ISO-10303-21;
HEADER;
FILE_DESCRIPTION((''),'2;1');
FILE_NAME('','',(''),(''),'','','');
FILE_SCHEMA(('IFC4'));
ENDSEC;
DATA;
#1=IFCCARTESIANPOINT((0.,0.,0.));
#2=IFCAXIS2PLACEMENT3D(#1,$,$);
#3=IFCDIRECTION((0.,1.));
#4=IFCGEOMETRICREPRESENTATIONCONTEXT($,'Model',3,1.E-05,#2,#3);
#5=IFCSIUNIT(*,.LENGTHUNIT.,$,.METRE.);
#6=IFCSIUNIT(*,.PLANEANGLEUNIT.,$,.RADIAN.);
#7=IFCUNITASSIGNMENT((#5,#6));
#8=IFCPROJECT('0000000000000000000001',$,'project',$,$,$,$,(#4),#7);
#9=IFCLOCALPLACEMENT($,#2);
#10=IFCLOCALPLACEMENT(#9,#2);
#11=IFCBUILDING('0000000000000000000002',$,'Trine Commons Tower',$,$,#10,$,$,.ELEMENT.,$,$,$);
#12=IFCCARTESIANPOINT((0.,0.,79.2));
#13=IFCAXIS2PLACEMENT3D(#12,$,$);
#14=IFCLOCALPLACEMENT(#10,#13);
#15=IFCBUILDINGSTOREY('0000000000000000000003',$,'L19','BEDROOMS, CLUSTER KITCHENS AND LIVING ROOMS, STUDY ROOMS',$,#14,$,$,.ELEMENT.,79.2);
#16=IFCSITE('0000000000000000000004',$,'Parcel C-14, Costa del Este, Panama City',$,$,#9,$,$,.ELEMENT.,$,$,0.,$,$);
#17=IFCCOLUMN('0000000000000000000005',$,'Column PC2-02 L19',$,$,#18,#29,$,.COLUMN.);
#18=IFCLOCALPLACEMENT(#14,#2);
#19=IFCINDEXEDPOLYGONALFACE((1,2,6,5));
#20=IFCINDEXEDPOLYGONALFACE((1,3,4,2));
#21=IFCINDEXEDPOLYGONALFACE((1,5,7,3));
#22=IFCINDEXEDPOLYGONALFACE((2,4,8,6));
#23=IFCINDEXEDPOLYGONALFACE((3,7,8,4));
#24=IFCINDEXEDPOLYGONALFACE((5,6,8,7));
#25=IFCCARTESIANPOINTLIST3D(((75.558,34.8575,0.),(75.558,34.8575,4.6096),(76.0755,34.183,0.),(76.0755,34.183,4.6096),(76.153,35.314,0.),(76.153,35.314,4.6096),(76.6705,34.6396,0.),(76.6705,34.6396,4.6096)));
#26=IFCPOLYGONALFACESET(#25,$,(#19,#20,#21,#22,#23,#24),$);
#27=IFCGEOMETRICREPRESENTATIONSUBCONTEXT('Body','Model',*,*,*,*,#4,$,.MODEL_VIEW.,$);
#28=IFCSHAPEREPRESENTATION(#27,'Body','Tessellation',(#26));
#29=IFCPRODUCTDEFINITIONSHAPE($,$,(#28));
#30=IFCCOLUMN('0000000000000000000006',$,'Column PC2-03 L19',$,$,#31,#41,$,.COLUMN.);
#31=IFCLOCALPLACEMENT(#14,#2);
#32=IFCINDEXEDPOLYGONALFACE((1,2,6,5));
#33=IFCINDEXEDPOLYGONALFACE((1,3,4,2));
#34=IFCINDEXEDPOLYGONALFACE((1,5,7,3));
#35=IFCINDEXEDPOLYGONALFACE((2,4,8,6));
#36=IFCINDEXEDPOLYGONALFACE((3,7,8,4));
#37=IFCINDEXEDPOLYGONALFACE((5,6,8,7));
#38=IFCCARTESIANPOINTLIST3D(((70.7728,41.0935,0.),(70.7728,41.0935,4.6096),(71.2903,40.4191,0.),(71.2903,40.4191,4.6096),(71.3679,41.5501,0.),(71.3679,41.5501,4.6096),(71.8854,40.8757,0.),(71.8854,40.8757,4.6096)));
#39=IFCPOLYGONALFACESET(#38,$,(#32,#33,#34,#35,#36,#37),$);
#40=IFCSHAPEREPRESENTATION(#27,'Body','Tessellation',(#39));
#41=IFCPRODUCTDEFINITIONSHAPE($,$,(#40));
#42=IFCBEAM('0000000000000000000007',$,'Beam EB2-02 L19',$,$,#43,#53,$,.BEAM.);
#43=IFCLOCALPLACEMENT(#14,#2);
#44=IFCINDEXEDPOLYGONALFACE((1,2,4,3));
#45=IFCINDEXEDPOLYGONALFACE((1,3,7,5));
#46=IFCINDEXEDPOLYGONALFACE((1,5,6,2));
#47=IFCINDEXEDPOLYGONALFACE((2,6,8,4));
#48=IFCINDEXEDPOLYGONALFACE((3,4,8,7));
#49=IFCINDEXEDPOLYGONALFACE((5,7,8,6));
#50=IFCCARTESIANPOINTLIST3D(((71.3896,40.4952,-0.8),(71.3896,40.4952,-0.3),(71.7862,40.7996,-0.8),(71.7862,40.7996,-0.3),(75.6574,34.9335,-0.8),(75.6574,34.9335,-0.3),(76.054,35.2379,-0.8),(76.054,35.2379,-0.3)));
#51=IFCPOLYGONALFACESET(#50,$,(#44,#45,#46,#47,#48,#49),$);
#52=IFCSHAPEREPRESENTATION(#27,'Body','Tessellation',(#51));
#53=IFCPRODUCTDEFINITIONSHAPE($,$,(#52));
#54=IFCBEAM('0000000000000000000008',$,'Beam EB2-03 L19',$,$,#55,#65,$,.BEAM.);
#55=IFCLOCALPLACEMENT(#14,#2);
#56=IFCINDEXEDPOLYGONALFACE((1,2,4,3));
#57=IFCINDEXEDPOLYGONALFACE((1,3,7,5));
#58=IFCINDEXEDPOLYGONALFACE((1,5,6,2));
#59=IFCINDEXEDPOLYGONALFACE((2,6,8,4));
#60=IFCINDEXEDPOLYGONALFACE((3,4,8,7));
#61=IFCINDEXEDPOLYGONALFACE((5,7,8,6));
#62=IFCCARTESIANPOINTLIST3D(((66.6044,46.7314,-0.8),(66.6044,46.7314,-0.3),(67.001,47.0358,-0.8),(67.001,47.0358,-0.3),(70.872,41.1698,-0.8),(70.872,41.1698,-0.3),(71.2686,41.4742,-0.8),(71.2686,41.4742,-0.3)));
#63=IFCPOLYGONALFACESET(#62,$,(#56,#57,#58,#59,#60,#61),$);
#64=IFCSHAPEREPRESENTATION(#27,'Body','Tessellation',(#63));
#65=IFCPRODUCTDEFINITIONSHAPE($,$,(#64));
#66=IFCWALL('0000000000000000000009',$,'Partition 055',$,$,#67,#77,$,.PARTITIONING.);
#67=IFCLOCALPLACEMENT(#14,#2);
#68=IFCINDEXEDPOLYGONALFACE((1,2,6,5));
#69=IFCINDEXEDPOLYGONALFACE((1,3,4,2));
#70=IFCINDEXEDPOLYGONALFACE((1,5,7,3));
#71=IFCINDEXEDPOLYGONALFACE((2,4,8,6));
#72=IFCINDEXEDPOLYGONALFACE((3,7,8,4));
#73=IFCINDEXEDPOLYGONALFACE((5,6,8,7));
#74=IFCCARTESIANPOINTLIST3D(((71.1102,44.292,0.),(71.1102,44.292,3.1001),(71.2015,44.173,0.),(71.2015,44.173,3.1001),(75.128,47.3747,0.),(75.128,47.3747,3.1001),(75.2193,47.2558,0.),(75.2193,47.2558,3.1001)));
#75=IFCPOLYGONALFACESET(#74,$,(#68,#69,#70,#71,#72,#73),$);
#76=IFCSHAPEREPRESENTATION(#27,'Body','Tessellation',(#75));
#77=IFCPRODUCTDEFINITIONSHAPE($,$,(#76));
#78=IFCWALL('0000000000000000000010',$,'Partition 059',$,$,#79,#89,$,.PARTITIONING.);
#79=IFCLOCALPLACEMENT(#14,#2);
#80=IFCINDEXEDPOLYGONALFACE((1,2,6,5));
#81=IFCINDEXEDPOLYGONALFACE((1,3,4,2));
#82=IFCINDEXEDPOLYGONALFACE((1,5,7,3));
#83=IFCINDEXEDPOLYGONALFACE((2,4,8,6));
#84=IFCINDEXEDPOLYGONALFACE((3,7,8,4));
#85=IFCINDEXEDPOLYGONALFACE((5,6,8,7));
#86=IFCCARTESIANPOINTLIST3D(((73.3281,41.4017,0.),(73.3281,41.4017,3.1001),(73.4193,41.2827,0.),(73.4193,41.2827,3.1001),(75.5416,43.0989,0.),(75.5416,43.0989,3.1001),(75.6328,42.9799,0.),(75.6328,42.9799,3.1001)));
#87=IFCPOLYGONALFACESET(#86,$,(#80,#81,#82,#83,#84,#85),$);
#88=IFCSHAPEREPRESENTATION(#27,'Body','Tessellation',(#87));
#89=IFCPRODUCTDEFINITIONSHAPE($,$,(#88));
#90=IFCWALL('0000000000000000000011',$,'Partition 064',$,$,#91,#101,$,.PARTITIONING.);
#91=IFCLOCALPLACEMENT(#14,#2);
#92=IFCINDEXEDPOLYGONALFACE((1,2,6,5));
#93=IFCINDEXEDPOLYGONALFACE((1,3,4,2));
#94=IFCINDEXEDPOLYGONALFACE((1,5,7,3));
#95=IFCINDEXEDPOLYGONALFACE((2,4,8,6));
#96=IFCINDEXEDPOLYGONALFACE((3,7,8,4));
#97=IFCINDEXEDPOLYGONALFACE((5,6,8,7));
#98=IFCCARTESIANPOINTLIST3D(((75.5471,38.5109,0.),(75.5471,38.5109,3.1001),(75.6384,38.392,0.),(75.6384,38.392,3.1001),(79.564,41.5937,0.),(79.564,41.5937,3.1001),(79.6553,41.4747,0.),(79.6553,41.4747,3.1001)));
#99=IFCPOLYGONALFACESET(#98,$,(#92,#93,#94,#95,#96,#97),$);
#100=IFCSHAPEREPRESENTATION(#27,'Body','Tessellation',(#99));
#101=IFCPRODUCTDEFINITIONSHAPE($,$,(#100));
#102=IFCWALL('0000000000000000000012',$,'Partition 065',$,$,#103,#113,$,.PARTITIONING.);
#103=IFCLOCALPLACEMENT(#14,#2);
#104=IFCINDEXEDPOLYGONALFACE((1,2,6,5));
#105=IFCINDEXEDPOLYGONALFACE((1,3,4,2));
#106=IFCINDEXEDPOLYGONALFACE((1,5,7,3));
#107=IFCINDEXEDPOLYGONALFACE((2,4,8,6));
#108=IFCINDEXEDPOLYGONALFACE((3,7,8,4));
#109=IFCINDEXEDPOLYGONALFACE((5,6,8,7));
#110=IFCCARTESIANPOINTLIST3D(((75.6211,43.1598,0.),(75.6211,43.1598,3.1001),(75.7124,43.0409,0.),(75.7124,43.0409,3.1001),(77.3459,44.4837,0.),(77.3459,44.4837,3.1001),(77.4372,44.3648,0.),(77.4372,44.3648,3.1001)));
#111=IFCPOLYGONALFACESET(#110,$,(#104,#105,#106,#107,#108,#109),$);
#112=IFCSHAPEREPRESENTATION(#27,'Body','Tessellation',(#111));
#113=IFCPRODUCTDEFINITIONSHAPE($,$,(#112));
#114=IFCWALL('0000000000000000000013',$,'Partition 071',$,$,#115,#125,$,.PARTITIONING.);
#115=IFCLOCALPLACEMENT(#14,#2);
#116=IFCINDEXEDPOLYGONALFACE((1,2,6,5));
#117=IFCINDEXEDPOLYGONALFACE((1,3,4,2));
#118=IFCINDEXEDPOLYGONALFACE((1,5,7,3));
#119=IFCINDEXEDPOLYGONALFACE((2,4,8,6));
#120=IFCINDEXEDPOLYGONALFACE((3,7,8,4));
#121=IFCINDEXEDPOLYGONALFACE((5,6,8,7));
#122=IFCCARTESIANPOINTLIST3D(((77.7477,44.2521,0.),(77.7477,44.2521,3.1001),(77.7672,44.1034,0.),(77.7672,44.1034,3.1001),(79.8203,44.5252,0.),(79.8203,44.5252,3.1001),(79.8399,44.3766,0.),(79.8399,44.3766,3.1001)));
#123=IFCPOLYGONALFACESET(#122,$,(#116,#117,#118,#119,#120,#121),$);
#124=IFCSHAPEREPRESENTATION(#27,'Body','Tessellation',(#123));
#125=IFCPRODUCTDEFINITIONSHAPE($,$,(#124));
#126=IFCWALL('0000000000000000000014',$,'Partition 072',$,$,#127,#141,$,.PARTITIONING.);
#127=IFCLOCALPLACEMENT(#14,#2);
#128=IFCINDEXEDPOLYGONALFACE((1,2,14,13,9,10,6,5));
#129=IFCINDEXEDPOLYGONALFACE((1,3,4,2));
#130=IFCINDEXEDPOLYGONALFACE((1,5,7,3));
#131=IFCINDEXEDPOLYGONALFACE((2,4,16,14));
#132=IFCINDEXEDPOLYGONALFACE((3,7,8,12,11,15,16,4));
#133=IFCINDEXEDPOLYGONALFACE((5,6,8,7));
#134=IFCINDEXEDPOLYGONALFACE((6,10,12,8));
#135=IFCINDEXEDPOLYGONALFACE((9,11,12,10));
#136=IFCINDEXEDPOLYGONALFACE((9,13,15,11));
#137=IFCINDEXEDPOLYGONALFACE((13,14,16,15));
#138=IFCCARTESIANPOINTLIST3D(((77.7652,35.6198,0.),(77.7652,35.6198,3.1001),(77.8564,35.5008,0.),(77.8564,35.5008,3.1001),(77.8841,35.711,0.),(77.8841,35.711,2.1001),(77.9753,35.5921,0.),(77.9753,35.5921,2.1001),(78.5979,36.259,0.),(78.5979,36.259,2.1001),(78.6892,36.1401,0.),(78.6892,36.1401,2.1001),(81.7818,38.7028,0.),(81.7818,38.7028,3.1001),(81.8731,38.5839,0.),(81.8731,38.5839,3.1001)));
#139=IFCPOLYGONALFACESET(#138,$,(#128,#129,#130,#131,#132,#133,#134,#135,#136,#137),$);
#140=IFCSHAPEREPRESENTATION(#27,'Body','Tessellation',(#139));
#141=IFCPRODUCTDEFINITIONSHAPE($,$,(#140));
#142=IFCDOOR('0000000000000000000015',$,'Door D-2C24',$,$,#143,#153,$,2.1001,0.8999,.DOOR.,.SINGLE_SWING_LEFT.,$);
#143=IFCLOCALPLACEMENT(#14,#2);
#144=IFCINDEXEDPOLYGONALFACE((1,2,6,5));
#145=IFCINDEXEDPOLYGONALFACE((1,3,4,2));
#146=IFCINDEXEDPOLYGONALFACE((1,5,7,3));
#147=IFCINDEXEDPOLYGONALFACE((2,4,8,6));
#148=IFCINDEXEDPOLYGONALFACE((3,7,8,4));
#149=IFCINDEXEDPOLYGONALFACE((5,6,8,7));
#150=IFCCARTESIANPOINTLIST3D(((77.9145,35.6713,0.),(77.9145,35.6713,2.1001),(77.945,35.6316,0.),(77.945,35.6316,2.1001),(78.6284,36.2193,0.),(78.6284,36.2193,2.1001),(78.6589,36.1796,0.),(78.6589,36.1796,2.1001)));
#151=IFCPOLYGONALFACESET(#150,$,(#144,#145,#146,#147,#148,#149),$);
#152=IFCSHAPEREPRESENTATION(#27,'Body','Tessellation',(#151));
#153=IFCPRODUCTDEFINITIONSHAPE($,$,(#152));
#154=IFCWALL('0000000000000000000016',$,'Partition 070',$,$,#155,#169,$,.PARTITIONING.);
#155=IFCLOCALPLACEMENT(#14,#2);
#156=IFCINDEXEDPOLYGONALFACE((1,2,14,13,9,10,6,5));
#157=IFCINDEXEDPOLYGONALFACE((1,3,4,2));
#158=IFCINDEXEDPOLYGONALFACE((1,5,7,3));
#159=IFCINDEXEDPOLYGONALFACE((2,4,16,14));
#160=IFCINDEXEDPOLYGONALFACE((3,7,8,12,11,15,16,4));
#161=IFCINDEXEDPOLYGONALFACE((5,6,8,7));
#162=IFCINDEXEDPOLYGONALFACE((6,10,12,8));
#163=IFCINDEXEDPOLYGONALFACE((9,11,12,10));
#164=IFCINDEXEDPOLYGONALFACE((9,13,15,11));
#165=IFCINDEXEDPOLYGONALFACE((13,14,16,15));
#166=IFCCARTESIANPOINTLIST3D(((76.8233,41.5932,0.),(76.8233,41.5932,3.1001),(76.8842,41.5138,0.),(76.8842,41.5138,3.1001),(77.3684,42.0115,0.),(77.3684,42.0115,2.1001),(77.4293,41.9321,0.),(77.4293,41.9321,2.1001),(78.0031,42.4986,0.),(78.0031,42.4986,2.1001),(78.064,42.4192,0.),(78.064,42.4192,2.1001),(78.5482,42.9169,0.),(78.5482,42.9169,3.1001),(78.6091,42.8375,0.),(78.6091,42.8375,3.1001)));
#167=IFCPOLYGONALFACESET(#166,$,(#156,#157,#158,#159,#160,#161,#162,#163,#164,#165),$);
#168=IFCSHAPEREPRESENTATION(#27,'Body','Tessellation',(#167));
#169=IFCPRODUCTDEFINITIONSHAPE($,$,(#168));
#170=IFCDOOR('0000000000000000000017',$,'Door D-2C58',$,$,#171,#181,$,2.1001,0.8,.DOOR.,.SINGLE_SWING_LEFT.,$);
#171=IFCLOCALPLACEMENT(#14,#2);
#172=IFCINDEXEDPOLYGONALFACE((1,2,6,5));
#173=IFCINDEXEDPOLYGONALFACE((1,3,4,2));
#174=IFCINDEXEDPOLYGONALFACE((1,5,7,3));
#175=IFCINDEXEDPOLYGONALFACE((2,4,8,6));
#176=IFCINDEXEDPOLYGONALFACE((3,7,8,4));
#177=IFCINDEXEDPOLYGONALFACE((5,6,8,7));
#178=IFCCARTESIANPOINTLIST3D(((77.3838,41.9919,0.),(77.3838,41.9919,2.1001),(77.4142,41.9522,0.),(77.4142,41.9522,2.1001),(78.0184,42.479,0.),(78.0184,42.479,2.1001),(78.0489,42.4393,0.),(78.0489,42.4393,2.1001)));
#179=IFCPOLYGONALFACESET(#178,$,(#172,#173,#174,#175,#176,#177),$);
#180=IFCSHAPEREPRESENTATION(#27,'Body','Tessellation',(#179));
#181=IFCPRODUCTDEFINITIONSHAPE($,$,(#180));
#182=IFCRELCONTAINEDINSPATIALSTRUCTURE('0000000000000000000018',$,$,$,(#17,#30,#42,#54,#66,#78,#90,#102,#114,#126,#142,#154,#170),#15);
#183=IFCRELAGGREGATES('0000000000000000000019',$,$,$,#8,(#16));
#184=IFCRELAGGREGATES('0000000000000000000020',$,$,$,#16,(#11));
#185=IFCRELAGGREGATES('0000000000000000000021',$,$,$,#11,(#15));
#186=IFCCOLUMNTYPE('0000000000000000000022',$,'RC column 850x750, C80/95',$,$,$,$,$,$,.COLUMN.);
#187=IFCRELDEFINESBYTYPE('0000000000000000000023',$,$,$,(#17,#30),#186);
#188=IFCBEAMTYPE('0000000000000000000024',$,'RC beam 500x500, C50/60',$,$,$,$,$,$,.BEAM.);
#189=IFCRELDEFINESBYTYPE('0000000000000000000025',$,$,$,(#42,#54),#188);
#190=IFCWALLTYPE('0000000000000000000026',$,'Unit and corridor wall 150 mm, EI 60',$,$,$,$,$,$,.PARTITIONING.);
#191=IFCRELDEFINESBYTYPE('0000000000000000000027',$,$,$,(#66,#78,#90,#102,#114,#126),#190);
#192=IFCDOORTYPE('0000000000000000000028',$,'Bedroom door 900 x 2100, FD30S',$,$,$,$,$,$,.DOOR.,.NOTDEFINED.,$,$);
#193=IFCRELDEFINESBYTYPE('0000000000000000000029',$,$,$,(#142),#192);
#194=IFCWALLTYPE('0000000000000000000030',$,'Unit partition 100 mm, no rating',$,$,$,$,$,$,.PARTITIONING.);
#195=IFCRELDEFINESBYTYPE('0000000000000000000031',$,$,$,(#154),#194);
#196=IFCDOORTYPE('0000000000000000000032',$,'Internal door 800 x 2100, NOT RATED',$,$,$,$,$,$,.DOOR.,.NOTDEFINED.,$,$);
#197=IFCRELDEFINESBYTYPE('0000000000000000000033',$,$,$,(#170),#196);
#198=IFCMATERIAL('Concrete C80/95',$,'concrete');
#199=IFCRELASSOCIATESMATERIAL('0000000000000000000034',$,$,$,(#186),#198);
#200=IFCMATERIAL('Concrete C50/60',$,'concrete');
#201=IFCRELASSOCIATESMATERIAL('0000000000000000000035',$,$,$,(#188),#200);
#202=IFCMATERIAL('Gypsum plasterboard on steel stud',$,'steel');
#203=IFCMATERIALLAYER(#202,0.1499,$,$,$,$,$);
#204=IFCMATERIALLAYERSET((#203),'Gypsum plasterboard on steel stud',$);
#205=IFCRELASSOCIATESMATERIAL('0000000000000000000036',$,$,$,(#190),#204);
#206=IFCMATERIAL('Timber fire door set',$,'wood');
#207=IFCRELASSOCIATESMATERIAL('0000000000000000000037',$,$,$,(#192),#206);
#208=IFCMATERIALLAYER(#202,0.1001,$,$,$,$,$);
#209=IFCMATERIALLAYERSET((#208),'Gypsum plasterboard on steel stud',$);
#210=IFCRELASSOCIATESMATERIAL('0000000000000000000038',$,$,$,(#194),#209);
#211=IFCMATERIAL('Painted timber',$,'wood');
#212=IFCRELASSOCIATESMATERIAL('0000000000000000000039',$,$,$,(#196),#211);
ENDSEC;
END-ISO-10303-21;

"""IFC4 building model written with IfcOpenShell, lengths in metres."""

from ifc_helpers import new_model, si_unit, direction, frame, frame_2d, origin, origin_2d, place, context, subcontext, project, spatial, rectangle, extrude, material, layer, layer_set, material_profile, profile_set, type_object, element, fill, save


model = new_model("IFC4")

# Units and contexts
model_context = context("Model", 3, precision=1e-05, world=origin(), true_north=direction((0.0, 1.0)))
body_context = subcontext(model_context, "Body", "Model", "MODEL_VIEW")
ifc_project = project(units=[si_unit("LENGTHUNIT", "METRE"), si_unit("PLANEANGLEUNIT", "RADIAN")], contexts=[model_context])

# Site, building, storey
site_placement = place(None, origin())
site = spatial("IfcSite", under=ifc_project, at=site_placement, Name="Parcel C-14, Costa del Este, Panama City", CompositionType="ELEMENT", RefElevation=0.0)
building_placement = place(site_placement, origin())
building = spatial("IfcBuilding", under=site, at=building_placement, Name="Trine Commons Tower", CompositionType="ELEMENT")
storey_placement = place(building_placement, frame((0.0, 0.0, 79.2)))
storey = spatial("IfcBuildingStorey", under=building, at=storey_placement, Name="L19", Description="BEDROOMS, CLUSTER KITCHENS AND LIVING ROOMS, STUDY ROOMS", CompositionType="ELEMENT", Elevation=79.2)

# Columns
ifc_material_1 = material(Name="Concrete C80/95", Category="concrete")
ifc_material_profile_1 = material_profile(ifc_material_1, rectangle(XDim=0.8501, YDim=0.75, at=origin_2d()), Name="RC 850x750")
ifc_profile_set_1 = profile_set([ifc_material_profile_1], Name="Concrete C80/95")
column_type = type_object("IfcColumnType", Name="RC column 850x750, C80/95", PredefinedType="COLUMN", material=ifc_profile_set_1)
for number, where, z_axis, x_axis, name in (
    (1, (76.1143, 34.7485, 0.0), (0.0, 0.0, 1.0), (-0.608761, 0.793353, 0.0), "Column PC2-02 L19"),
    (2, (71.3291, 40.9846, 0.0), (0.0, 0.0, 1.0), (-0.608761, 0.793353, 0.0), "Column PC2-03 L19"),
):
    element("IfcColumn", number, at=place(storey_placement, frame(where, z_axis=z_axis, x_axis=x_axis)), inside=storey, type_object=column_type, Name=name, PredefinedType="COLUMN", context=body_context, shape_type="SweptSolid", body=[
        extrude(rectangle(XDim=0.8501, YDim=0.75, at=origin_2d()), origin(), (0.0, 0.0, 1.0), 4.6096),
    ])

# Beams
ifc_material_2 = material(Name="Concrete C50/60", Category="concrete")
ifc_material_profile_2 = material_profile(ifc_material_2, rectangle(XDim=0.5, YDim=0.5, at=origin_2d()), Name="RC 500x500")
ifc_profile_set_2 = profile_set([ifc_material_profile_2], Name="Concrete C50/60")
beam_type = type_object("IfcBeamType", Name="RC beam 500x500, C50/60", PredefinedType="BEAM", material=ifc_profile_set_2)
beam_1_placement = place(storey_placement, frame((75.8557, 35.0857, -0.55), z_axis=(-0.608773, 0.793345, 0.0), x_axis=(-0.793345, -0.608773, 0.0)))
element("IfcBeam", 3, at=beam_1_placement, inside=storey, type_object=beam_type, Name="Beam EB2-02 L19", PredefinedType="BEAM", context=body_context, shape_type="SweptSolid", body=[
    extrude(rectangle(XDim=0.5, YDim=0.5, at=origin_2d()), origin(), (0.0, 0.0, 1.0), 7.0105),
])
beam_2_placement = place(storey_placement, frame((71.0703, 41.322, -0.55), z_axis=(-0.608768, 0.793348, 0.0), x_axis=(-0.793348, -0.608768, 0.0)))
element("IfcBeam", 4, at=beam_2_placement, inside=storey, type_object=beam_type, Name="Beam EB2-03 L19", PredefinedType="BEAM", context=body_context, shape_type="SweptSolid", body=[
    extrude(rectangle(XDim=0.5, YDim=0.5, at=origin_2d()), origin(), (0.0, 0.0, 1.0), 7.0103),
])

# Walls
ifc_material_3 = material(Name="Gypsum plasterboard on steel stud", Category="steel")
ifc_layer_1 = layer(ifc_material_3, 0.1499)
ifc_layer_set_1 = layer_set([ifc_layer_1], Name="Gypsum plasterboard on steel stud")
wall_type_1 = type_object("IfcWallType", Name="Unit and corridor wall 150 mm, EI 60", PredefinedType="PARTITIONING", material=ifc_layer_set_1)
wall_1_placement = place(storey_placement, frame((71.1558, 44.2324, 0.0), z_axis=(0.0, 0.0, 1.0), x_axis=(0.793374, 0.608734, 0.0)))
element("IfcWall", 5, at=wall_1_placement, inside=storey, type_object=wall_type_1, Name="Partition 055", PredefinedType="PARTITIONING", context=body_context, shape_type="SweptSolid", body=[
    extrude(rectangle(XDim=5.0642, YDim=0.1499, at=frame_2d((2.5322, 0.0))), origin(), (0.0, 0.0, 1.0), 3.1001),
])
wall_2_placement = place(storey_placement, frame((73.3738, 41.3423, 0.0), z_axis=(0.0, 0.0, 1.0), x_axis=(0.79358, 0.608466, 0.0)))
element("IfcWall", 6, at=wall_2_placement, inside=storey, type_object=wall_type_1, Name="Partition 059", PredefinedType="PARTITIONING", context=body_context, shape_type="SweptSolid", body=[
    extrude(rectangle(XDim=2.7893, YDim=0.1499, at=frame_2d((1.3945, 0.0))), origin(), (0.0, 0.0, 1.0), 3.1001),
])
wall_3_placement = place(storey_placement, frame((75.5928, 38.4514, 0.0), z_axis=(0.0, 0.0, 1.0), x_axis=(0.793303, 0.608827, 0.0)))
element("IfcWall", 7, at=wall_3_placement, inside=storey, type_object=wall_type_1, Name="Partition 064", PredefinedType="PARTITIONING", context=body_context, shape_type="SweptSolid", body=[
    extrude(rectangle(XDim=5.0635, YDim=0.1499, at=frame_2d((2.5317, 0.0))), origin(), (0.0, 0.0, 1.0), 3.1001),
])
wall_4_placement = place(storey_placement, frame((75.6667, 43.1003, 0.0), z_axis=(0.0, 0.0, 1.0), x_axis=(0.793254, 0.608891, 0.0)))
element("IfcWall", 8, at=wall_4_placement, inside=storey, type_object=wall_type_1, Name="Partition 065", PredefinedType="PARTITIONING", context=body_context, shape_type="SweptSolid", body=[
    extrude(rectangle(XDim=2.1743, YDim=0.1499, at=frame_2d((1.0872, 0.0))), origin(), (0.0, 0.0, 1.0), 3.1001),
])
wall_5_placement = place(storey_placement, frame((77.7573, 44.1777, 0.0), z_axis=(0.0, 0.0, 1.0), x_axis=(0.991426, 0.130672, 0.0)))
element("IfcWall", 9, at=wall_5_placement, inside=storey, type_object=wall_type_1, Name="Partition 071", PredefinedType="PARTITIONING", context=body_context, shape_type="SweptSolid", body=[
    extrude(rectangle(XDim=2.0906, YDim=0.1499, at=frame_2d((1.0454, 0.0))), origin(), (0.0, 0.0, 1.0), 3.1001),
])

# Walls, openings, doors
wall_6_placement = place(storey_placement, frame((77.8108, 35.5603, 0.0), z_axis=(0.0, 0.0, 1.0), x_axis=(0.793262, 0.608881, 0.0)))
wall_6 = element("IfcWall", 10, at=wall_6_placement, inside=storey, type_object=wall_type_1, Name="Partition 072", PredefinedType="PARTITIONING", context=body_context, shape_type="SweptSolid", body=[
    extrude(rectangle(XDim=5.0635, YDim=0.1499, at=frame_2d((2.5317, 0.0))), origin(), (0.0, 0.0, 1.0), 3.1001),
])
opening_1_placement = place(wall_6_placement, frame((0.1499, 0.0, 0.0)))
opening_1 = element("IfcOpeningElement", 11, at=opening_1_placement, cuts=wall_6, PredefinedType="OPENING", context=body_context, shape_type="SweptSolid", body=[
    extrude(rectangle(XDim=0.8999, YDim=2.1001, at=frame_2d((0.45, 1.05))), frame((0.0, 0.085, 0.0), z_axis=(0.0, -1.0, 0.0), x_axis=(1.0, 0.0, 0.0)), (0.0, 0.0, 1.0), 0.1699),
])
ifc_material_4 = material(Name="Timber fire door set", Category="wood")
door_type_1 = type_object("IfcDoorType", Name="Bedroom door 900 x 2100, FD30S", OperationType="NOTDEFINED", PredefinedType="DOOR", material=ifc_material_4)
door_1_placement = place(opening_1_placement, origin())
door_1 = element("IfcDoor", 12, at=door_1_placement, inside=storey, type_object=door_type_1, Name="Door D-2C24", OperationType="SINGLE_SWING_LEFT", OverallHeight=2.1001, OverallWidth=0.8999, PredefinedType="DOOR", context=body_context, shape_type="SweptSolid", body=[
    extrude(rectangle(XDim=0.8999, YDim=2.1001, at=frame_2d((0.45, 1.05))), frame((0.0, 0.0249, 0.0), z_axis=(0.0, -1.0, 0.0), x_axis=(1.0, 0.0, 0.0)), (0.0, 0.0, 1.0), 0.05),
])
fill(opening_1, door_1)
ifc_layer_2 = layer(ifc_material_3, 0.1001)
ifc_layer_set_2 = layer_set([ifc_layer_2], Name="Gypsum plasterboard on steel stud")
wall_type_2 = type_object("IfcWallType", Name="Unit partition 100 mm, no rating", PredefinedType="PARTITIONING", material=ifc_layer_set_2)
wall_7_placement = place(storey_placement, frame((76.8538, 41.5535, 0.0), z_axis=(0.0, 0.0, 1.0), x_axis=(0.793308, 0.60882, 0.0)))
wall_7 = element("IfcWall", 13, at=wall_7_placement, inside=storey, type_object=wall_type_2, Name="Partition 070", PredefinedType="PARTITIONING", context=body_context, shape_type="SweptSolid", body=[
    extrude(rectangle(XDim=2.1743, YDim=0.1001, at=frame_2d((1.0872, 0.0))), origin(), (0.0, 0.0, 1.0), 3.1001),
])
opening_2_placement = place(wall_7_placement, frame((0.6873, 0.0, 0.0)))
opening_2 = element("IfcOpeningElement", 14, at=opening_2_placement, cuts=wall_7, PredefinedType="OPENING", context=body_context, shape_type="SweptSolid", body=[
    extrude(rectangle(XDim=0.8, YDim=2.1001, at=frame_2d((0.3999, 1.05))), frame((0.0, 0.0601, 0.0), z_axis=(0.0, -1.0, 0.0), x_axis=(1.0, 0.0, 0.0)), (0.0, 0.0, 1.0), 0.1201),
])
ifc_material_5 = material(Name="Painted timber", Category="wood")
door_type_2 = type_object("IfcDoorType", Name="Internal door 800 x 2100, NOT RATED", OperationType="NOTDEFINED", PredefinedType="DOOR", material=ifc_material_5)
door_2_placement = place(opening_2_placement, frame((0.8, 0.0, 0.0), z_axis=(0.0, 0.0, 1.0), x_axis=(-1.0, 0.0, 0.0)))
door_2 = element("IfcDoor", 15, at=door_2_placement, inside=storey, type_object=door_type_2, Name="Door D-2C58", OperationType="SINGLE_SWING_LEFT", OverallHeight=2.1001, OverallWidth=0.8, PredefinedType="DOOR", context=body_context, shape_type="SweptSolid", body=[
    extrude(rectangle(XDim=0.8, YDim=2.1001, at=frame_2d((0.3999, 1.05))), frame((0.0, 0.0249, 0.0), z_axis=(0.0, -1.0, 0.0), x_axis=(1.0, 0.0, 0.0)), (0.0, 0.0, 1.0), 0.05),
])
fill(opening_2, door_2)

save(model, "model.ifc")
